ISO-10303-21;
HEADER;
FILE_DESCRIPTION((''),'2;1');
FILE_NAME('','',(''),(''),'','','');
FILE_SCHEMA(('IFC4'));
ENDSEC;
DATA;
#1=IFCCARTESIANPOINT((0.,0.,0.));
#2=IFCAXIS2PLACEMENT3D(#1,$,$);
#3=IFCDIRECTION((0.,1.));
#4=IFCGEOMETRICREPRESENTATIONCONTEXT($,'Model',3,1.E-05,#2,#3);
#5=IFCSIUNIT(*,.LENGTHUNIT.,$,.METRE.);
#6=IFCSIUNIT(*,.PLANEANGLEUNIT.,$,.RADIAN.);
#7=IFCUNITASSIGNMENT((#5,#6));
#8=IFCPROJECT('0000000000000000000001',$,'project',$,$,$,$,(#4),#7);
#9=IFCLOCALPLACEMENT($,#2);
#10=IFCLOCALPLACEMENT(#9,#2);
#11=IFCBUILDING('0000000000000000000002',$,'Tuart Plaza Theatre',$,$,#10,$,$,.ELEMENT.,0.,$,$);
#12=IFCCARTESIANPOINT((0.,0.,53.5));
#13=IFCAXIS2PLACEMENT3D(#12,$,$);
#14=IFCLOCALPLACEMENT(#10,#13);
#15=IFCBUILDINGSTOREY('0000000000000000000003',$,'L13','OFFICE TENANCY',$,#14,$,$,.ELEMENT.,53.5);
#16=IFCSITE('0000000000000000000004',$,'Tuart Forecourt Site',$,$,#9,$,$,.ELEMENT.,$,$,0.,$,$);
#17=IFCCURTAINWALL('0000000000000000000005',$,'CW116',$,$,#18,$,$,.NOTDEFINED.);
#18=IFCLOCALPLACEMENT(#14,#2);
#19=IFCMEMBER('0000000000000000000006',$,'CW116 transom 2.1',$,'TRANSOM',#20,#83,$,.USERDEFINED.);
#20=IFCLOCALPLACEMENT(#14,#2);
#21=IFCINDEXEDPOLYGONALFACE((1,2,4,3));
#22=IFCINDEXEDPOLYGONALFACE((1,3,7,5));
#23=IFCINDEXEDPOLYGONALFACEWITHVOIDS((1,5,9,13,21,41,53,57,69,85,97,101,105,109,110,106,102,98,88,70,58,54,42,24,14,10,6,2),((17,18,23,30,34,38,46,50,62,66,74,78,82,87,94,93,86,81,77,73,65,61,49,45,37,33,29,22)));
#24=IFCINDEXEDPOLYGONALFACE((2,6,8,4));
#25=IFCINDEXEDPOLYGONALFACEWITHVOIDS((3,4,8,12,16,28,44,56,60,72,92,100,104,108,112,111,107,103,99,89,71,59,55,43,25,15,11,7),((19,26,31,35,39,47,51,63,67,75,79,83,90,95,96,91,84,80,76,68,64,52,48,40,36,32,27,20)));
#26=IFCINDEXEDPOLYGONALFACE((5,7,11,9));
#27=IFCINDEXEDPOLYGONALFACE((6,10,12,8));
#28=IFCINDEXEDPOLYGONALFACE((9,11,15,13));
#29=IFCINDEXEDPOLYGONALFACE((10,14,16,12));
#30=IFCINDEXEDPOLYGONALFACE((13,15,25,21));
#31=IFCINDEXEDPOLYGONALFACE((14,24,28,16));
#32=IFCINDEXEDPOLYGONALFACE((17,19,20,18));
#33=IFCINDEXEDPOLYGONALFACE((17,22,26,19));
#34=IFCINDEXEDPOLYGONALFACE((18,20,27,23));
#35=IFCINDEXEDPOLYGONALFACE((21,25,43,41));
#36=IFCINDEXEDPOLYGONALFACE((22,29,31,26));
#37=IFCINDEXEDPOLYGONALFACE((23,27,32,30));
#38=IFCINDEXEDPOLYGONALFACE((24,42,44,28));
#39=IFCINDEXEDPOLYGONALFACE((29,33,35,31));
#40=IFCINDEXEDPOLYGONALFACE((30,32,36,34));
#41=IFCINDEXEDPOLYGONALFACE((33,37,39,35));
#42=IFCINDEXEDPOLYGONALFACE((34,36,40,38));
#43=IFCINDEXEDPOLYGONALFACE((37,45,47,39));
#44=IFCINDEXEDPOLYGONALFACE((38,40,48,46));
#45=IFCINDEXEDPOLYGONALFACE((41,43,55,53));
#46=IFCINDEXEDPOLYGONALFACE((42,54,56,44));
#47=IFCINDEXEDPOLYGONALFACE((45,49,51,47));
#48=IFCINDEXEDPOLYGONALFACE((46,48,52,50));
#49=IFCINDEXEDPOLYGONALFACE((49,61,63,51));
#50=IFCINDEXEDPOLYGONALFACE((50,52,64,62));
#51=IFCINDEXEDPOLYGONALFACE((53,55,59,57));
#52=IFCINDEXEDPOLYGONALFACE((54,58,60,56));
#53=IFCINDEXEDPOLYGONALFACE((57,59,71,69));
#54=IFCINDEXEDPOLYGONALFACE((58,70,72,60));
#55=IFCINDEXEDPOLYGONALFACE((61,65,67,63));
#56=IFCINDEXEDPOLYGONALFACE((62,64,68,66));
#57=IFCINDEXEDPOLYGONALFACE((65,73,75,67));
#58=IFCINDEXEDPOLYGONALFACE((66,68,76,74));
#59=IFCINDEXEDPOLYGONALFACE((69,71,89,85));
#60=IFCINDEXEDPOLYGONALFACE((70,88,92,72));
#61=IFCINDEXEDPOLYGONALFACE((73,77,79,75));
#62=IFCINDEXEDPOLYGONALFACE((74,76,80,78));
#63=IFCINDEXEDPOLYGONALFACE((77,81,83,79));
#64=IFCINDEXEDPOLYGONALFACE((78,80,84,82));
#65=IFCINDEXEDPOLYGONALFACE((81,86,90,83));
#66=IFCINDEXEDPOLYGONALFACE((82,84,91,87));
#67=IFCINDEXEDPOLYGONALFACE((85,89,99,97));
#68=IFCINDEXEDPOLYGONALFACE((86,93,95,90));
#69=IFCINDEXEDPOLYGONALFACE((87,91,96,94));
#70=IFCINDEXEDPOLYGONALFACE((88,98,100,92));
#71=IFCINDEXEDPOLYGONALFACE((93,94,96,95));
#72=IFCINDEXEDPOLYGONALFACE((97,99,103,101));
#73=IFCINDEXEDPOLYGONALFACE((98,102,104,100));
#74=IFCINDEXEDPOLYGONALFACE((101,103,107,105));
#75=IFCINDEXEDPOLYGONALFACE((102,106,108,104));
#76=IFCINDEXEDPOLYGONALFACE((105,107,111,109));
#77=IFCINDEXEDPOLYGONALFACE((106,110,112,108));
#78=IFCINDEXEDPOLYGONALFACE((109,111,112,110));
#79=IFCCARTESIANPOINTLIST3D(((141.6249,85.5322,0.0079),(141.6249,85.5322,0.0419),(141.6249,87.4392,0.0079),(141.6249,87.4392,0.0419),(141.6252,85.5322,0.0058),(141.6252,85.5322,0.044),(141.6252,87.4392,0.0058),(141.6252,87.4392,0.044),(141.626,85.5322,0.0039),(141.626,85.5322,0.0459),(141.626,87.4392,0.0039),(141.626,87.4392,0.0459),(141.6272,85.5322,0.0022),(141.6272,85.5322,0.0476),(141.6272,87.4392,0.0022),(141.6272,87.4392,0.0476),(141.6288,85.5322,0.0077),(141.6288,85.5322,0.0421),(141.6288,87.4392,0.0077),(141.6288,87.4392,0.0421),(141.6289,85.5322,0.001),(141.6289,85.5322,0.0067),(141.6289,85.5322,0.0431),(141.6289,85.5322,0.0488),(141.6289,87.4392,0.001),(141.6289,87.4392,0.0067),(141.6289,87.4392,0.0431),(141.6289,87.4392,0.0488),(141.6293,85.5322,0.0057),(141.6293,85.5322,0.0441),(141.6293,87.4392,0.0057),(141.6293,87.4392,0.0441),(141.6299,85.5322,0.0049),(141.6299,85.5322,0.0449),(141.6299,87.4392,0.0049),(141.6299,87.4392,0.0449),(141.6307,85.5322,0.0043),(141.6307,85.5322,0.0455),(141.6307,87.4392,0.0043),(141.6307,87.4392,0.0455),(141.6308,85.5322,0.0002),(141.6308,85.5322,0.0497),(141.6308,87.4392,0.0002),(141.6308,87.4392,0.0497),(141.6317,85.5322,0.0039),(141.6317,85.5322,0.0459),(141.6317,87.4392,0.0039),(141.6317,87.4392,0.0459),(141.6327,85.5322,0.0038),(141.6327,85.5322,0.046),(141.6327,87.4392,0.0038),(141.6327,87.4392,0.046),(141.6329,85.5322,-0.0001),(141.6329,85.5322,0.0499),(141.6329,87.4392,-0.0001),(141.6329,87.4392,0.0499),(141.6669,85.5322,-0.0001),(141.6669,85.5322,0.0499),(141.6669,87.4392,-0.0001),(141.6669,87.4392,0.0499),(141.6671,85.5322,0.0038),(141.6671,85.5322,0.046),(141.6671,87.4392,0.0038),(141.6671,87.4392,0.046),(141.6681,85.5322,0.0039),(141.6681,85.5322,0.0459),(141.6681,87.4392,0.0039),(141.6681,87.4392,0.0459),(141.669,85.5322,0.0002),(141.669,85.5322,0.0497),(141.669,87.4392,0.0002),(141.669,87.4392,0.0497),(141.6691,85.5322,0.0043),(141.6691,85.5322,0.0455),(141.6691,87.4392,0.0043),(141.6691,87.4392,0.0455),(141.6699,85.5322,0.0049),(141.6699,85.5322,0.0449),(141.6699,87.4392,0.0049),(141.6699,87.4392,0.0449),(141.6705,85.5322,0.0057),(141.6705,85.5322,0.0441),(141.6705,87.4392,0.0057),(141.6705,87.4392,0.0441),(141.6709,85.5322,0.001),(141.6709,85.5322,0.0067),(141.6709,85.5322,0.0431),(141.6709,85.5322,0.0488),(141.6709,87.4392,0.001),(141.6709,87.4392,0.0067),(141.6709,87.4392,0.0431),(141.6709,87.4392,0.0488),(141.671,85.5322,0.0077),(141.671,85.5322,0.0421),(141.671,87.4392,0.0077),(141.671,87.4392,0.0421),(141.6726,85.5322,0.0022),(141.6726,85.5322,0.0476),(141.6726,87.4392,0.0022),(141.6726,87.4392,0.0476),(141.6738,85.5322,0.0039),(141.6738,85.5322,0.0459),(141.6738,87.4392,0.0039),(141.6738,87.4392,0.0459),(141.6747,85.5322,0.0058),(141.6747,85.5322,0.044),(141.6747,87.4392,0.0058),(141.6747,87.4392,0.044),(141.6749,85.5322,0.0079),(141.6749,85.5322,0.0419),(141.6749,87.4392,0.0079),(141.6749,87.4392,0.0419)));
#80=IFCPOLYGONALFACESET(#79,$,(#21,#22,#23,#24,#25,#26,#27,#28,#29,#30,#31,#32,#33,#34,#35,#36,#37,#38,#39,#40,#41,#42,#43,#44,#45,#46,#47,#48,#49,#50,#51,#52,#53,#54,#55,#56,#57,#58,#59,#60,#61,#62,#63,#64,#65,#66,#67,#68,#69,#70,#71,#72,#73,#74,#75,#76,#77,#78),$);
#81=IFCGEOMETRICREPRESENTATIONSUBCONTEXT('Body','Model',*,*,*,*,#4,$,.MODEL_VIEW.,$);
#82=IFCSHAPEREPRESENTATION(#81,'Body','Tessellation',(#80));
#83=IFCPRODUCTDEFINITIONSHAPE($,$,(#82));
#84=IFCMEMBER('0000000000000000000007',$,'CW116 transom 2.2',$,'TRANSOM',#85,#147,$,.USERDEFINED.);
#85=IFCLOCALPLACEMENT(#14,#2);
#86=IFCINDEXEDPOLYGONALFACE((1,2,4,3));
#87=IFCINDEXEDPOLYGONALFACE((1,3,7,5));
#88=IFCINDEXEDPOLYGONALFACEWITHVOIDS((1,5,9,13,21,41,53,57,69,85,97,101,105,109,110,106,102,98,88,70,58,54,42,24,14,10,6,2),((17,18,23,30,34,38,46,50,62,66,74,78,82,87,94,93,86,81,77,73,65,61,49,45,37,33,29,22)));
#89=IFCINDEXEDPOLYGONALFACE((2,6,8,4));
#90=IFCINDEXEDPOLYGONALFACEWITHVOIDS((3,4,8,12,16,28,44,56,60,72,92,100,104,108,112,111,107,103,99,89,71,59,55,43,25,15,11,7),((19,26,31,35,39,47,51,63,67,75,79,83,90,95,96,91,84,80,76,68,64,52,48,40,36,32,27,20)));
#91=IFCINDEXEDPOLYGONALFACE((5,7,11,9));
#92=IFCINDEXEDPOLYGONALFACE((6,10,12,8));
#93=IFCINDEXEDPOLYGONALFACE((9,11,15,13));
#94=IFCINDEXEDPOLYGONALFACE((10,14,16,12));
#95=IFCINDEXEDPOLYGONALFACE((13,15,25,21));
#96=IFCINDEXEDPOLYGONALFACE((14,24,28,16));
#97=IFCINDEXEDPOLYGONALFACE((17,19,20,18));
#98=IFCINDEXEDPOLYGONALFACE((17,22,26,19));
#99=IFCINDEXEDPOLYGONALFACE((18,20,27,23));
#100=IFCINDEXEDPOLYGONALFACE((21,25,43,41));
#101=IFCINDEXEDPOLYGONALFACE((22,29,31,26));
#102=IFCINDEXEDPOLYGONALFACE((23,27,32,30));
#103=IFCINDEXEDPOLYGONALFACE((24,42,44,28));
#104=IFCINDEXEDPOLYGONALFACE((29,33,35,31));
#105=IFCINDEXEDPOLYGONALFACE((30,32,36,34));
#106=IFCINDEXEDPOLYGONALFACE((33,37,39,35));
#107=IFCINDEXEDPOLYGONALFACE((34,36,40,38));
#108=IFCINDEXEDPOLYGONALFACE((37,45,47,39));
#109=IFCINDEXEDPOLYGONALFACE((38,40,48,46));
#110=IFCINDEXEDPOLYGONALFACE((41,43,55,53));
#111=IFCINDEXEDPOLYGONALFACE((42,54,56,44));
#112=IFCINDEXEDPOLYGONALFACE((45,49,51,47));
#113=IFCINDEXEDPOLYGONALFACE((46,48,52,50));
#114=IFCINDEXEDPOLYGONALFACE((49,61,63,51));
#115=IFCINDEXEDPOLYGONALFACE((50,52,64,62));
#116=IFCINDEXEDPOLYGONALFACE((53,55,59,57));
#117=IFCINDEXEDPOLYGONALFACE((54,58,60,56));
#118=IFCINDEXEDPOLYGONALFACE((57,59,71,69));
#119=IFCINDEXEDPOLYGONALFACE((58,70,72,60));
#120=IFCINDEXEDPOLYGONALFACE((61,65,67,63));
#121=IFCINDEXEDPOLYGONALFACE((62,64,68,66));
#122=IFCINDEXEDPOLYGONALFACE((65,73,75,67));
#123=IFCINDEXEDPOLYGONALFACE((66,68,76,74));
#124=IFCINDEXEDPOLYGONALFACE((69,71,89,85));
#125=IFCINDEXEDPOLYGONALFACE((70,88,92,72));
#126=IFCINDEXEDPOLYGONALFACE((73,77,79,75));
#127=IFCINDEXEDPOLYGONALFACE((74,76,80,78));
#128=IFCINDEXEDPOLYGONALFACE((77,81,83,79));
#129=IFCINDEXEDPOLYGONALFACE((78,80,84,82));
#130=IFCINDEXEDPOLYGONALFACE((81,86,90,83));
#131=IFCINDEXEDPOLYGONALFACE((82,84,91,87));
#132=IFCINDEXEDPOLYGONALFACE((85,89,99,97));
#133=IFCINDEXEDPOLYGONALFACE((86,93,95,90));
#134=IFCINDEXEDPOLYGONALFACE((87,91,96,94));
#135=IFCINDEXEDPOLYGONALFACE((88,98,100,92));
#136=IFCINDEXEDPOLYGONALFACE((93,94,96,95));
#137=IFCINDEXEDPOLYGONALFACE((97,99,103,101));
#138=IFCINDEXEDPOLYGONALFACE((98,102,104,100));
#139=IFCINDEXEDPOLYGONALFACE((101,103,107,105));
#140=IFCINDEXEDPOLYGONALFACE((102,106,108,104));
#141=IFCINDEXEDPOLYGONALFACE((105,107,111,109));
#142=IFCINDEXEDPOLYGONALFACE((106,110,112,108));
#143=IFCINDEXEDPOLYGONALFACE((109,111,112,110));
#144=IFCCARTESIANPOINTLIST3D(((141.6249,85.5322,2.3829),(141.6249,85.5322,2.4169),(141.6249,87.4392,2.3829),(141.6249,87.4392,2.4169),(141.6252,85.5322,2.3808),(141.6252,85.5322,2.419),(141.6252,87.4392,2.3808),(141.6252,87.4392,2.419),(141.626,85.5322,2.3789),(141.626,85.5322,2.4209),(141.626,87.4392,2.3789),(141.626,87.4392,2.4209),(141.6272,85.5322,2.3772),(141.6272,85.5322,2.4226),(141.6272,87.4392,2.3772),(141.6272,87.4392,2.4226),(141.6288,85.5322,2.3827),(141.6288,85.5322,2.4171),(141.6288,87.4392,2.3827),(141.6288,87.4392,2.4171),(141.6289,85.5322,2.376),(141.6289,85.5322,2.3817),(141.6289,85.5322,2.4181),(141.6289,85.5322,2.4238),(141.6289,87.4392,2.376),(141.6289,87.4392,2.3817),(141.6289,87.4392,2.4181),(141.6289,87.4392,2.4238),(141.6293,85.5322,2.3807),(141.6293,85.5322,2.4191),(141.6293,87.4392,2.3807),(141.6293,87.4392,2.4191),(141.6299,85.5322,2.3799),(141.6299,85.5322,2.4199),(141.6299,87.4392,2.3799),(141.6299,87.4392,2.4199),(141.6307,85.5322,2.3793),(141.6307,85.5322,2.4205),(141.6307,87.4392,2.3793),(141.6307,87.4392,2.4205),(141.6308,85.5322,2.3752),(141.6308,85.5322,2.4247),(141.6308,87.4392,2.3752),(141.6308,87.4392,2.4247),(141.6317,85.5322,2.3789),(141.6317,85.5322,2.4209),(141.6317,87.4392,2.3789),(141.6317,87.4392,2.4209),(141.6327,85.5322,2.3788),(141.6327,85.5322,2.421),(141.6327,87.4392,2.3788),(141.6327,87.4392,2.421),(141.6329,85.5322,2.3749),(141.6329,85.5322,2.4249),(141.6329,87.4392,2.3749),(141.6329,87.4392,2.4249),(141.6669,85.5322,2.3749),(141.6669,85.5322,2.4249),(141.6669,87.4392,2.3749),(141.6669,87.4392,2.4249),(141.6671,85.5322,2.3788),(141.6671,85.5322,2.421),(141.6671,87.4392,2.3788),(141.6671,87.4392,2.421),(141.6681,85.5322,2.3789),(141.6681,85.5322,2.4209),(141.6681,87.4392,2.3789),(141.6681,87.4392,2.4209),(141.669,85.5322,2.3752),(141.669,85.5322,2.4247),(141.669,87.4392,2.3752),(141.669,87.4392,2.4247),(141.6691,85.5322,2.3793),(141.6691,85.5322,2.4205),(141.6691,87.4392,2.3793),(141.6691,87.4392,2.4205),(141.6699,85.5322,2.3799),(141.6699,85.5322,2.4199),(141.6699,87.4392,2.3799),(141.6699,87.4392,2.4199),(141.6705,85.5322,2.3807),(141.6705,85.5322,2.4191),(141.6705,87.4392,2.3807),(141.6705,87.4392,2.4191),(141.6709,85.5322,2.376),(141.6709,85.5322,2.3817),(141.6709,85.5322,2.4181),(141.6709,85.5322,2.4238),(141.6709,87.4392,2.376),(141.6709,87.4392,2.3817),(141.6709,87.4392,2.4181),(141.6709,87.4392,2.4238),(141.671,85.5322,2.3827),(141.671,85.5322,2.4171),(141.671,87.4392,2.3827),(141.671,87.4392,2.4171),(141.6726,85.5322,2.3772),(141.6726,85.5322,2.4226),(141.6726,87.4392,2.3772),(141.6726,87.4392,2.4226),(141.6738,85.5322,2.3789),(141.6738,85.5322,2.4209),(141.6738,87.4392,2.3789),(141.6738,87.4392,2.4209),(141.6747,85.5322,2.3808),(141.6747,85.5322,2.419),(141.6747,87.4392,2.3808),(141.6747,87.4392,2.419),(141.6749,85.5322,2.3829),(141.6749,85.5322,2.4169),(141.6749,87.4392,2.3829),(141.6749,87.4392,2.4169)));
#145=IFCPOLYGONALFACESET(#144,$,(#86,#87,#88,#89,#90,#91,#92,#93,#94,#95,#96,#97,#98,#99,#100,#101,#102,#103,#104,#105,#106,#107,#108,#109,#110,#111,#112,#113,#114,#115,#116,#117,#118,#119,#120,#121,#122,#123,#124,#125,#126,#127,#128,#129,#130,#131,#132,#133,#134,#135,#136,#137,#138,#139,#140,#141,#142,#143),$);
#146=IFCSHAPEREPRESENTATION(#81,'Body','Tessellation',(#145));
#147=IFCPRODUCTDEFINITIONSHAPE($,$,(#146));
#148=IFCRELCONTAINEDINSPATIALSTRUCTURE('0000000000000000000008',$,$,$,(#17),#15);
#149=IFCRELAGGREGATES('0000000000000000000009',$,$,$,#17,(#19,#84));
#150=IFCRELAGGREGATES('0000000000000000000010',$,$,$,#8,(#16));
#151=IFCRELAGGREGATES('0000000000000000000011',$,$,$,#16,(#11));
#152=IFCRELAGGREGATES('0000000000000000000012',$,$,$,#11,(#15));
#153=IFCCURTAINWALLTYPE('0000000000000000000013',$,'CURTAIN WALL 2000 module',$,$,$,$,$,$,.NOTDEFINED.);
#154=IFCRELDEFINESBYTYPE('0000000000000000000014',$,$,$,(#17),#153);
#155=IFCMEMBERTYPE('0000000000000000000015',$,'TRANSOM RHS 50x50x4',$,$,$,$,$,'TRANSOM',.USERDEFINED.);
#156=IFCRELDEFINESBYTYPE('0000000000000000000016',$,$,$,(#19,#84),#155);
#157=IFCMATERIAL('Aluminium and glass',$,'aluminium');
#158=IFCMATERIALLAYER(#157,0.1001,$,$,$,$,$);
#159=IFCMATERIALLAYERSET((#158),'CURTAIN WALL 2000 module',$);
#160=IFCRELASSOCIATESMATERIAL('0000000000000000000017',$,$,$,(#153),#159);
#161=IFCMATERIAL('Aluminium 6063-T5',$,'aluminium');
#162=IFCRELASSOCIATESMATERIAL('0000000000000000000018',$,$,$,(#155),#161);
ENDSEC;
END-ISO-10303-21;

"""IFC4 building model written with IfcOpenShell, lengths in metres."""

from ifc_helpers import new_model, si_unit, direction, frame, origin, origin_2d, place, context, subcontext, project, spatial, hollow_rectangle, extrude, material, layer, layer_set, material_profile, profile_set, type_object, element, aggregate, save


model = new_model("IFC4")

# Units and contexts
model_context = context("Model", 3, precision=1e-05, world=origin(), true_north=direction((0.0, 1.0)))
body_context = subcontext(model_context, "Body", "Model", "MODEL_VIEW")
ifc_project = project(units=[si_unit("LENGTHUNIT", "METRE"), si_unit("PLANEANGLEUNIT", "RADIAN")], contexts=[model_context])

# Site, building, storey
site_placement = place(None, origin())
site = spatial("IfcSite", under=ifc_project, at=site_placement, Name="Tuart Forecourt Site", CompositionType="ELEMENT", RefElevation=0.0)
building_placement = place(site_placement, origin())
building = spatial("IfcBuilding", under=site, at=building_placement, Name="Tuart Plaza Theatre", CompositionType="ELEMENT", ElevationOfRefHeight=0.0)
storey_placement = place(building_placement, frame((0.0, 0.0, 53.5)))
storey = spatial("IfcBuildingStorey", under=building, at=storey_placement, Name="L13", Description="OFFICE TENANCY", CompositionType="ELEMENT", Elevation=53.5)

# Curtain wall, members
ifc_material_1 = material(Name="Aluminium and glass", Category="aluminium")
ifc_layer_1 = layer(ifc_material_1, 0.1001)
ifc_layer_set_1 = layer_set([ifc_layer_1], Name="CURTAIN WALL 2000 module")
curtain_wall_type = type_object("IfcCurtainWallType", Name="CURTAIN WALL 2000 module", PredefinedType="NOTDEFINED", material=ifc_layer_set_1)
curtain_wall_placement = place(storey_placement, origin())
curtain_wall = element("IfcCurtainWall", 1, at=curtain_wall_placement, inside=storey, type_object=curtain_wall_type, Name="CW116", PredefinedType="NOTDEFINED")
ifc_material_2 = material(Name="Aluminium 6063-T5", Category="aluminium")
ifc_material_profile_1 = material_profile(ifc_material_2, hollow_rectangle(XDim=0.05, YDim=0.05, WallThickness=0.0039, InnerFilletRadius=0.0039, OuterFilletRadius=0.0081, at=origin_2d()), Name="RHS 50x50x4")
ifc_profile_set_1 = profile_set([ifc_material_profile_1], Name="Aluminium 6063-T5")
member_type_1 = type_object("IfcMemberType", Name="TRANSOM RHS 50x50x4", ElementType="TRANSOM", PredefinedType="USERDEFINED", material=ifc_profile_set_1)
member_1_placement = place(storey_placement, frame((141.6499, 85.5322, 0.0249), z_axis=(0.0, 1.0, 0.0), x_axis=(-1.0, 0.0, 0.0)))
member_1 = element("IfcMember", 2, at=member_1_placement, type_object=member_type_1, Name="CW116 transom 2.1", ObjectType="TRANSOM", PredefinedType="USERDEFINED", context=body_context, shape_type="SweptSolid", body=[
    extrude(hollow_rectangle(XDim=0.05, YDim=0.05, WallThickness=0.0039, InnerFilletRadius=0.0039, OuterFilletRadius=0.0081, at=origin_2d()), origin(), (0.0, 0.0, 1.0), 1.907),
])
member_2_placement = place(storey_placement, frame((141.6499, 85.5322, 2.3999), z_axis=(0.0, 1.0, 0.0), x_axis=(-1.0, 0.0, 0.0)))
member_2 = element("IfcMember", 3, at=member_2_placement, type_object=member_type_1, Name="CW116 transom 2.2", ObjectType="TRANSOM", PredefinedType="USERDEFINED", context=body_context, shape_type="SweptSolid", body=[
    extrude(hollow_rectangle(XDim=0.05, YDim=0.05, WallThickness=0.0039, InnerFilletRadius=0.0039, OuterFilletRadius=0.0081, at=origin_2d()), origin(), (0.0, 0.0, 1.0), 1.907),
])
aggregate(curtain_wall, [member_1, member_2])

save(model, "model.ifc")
